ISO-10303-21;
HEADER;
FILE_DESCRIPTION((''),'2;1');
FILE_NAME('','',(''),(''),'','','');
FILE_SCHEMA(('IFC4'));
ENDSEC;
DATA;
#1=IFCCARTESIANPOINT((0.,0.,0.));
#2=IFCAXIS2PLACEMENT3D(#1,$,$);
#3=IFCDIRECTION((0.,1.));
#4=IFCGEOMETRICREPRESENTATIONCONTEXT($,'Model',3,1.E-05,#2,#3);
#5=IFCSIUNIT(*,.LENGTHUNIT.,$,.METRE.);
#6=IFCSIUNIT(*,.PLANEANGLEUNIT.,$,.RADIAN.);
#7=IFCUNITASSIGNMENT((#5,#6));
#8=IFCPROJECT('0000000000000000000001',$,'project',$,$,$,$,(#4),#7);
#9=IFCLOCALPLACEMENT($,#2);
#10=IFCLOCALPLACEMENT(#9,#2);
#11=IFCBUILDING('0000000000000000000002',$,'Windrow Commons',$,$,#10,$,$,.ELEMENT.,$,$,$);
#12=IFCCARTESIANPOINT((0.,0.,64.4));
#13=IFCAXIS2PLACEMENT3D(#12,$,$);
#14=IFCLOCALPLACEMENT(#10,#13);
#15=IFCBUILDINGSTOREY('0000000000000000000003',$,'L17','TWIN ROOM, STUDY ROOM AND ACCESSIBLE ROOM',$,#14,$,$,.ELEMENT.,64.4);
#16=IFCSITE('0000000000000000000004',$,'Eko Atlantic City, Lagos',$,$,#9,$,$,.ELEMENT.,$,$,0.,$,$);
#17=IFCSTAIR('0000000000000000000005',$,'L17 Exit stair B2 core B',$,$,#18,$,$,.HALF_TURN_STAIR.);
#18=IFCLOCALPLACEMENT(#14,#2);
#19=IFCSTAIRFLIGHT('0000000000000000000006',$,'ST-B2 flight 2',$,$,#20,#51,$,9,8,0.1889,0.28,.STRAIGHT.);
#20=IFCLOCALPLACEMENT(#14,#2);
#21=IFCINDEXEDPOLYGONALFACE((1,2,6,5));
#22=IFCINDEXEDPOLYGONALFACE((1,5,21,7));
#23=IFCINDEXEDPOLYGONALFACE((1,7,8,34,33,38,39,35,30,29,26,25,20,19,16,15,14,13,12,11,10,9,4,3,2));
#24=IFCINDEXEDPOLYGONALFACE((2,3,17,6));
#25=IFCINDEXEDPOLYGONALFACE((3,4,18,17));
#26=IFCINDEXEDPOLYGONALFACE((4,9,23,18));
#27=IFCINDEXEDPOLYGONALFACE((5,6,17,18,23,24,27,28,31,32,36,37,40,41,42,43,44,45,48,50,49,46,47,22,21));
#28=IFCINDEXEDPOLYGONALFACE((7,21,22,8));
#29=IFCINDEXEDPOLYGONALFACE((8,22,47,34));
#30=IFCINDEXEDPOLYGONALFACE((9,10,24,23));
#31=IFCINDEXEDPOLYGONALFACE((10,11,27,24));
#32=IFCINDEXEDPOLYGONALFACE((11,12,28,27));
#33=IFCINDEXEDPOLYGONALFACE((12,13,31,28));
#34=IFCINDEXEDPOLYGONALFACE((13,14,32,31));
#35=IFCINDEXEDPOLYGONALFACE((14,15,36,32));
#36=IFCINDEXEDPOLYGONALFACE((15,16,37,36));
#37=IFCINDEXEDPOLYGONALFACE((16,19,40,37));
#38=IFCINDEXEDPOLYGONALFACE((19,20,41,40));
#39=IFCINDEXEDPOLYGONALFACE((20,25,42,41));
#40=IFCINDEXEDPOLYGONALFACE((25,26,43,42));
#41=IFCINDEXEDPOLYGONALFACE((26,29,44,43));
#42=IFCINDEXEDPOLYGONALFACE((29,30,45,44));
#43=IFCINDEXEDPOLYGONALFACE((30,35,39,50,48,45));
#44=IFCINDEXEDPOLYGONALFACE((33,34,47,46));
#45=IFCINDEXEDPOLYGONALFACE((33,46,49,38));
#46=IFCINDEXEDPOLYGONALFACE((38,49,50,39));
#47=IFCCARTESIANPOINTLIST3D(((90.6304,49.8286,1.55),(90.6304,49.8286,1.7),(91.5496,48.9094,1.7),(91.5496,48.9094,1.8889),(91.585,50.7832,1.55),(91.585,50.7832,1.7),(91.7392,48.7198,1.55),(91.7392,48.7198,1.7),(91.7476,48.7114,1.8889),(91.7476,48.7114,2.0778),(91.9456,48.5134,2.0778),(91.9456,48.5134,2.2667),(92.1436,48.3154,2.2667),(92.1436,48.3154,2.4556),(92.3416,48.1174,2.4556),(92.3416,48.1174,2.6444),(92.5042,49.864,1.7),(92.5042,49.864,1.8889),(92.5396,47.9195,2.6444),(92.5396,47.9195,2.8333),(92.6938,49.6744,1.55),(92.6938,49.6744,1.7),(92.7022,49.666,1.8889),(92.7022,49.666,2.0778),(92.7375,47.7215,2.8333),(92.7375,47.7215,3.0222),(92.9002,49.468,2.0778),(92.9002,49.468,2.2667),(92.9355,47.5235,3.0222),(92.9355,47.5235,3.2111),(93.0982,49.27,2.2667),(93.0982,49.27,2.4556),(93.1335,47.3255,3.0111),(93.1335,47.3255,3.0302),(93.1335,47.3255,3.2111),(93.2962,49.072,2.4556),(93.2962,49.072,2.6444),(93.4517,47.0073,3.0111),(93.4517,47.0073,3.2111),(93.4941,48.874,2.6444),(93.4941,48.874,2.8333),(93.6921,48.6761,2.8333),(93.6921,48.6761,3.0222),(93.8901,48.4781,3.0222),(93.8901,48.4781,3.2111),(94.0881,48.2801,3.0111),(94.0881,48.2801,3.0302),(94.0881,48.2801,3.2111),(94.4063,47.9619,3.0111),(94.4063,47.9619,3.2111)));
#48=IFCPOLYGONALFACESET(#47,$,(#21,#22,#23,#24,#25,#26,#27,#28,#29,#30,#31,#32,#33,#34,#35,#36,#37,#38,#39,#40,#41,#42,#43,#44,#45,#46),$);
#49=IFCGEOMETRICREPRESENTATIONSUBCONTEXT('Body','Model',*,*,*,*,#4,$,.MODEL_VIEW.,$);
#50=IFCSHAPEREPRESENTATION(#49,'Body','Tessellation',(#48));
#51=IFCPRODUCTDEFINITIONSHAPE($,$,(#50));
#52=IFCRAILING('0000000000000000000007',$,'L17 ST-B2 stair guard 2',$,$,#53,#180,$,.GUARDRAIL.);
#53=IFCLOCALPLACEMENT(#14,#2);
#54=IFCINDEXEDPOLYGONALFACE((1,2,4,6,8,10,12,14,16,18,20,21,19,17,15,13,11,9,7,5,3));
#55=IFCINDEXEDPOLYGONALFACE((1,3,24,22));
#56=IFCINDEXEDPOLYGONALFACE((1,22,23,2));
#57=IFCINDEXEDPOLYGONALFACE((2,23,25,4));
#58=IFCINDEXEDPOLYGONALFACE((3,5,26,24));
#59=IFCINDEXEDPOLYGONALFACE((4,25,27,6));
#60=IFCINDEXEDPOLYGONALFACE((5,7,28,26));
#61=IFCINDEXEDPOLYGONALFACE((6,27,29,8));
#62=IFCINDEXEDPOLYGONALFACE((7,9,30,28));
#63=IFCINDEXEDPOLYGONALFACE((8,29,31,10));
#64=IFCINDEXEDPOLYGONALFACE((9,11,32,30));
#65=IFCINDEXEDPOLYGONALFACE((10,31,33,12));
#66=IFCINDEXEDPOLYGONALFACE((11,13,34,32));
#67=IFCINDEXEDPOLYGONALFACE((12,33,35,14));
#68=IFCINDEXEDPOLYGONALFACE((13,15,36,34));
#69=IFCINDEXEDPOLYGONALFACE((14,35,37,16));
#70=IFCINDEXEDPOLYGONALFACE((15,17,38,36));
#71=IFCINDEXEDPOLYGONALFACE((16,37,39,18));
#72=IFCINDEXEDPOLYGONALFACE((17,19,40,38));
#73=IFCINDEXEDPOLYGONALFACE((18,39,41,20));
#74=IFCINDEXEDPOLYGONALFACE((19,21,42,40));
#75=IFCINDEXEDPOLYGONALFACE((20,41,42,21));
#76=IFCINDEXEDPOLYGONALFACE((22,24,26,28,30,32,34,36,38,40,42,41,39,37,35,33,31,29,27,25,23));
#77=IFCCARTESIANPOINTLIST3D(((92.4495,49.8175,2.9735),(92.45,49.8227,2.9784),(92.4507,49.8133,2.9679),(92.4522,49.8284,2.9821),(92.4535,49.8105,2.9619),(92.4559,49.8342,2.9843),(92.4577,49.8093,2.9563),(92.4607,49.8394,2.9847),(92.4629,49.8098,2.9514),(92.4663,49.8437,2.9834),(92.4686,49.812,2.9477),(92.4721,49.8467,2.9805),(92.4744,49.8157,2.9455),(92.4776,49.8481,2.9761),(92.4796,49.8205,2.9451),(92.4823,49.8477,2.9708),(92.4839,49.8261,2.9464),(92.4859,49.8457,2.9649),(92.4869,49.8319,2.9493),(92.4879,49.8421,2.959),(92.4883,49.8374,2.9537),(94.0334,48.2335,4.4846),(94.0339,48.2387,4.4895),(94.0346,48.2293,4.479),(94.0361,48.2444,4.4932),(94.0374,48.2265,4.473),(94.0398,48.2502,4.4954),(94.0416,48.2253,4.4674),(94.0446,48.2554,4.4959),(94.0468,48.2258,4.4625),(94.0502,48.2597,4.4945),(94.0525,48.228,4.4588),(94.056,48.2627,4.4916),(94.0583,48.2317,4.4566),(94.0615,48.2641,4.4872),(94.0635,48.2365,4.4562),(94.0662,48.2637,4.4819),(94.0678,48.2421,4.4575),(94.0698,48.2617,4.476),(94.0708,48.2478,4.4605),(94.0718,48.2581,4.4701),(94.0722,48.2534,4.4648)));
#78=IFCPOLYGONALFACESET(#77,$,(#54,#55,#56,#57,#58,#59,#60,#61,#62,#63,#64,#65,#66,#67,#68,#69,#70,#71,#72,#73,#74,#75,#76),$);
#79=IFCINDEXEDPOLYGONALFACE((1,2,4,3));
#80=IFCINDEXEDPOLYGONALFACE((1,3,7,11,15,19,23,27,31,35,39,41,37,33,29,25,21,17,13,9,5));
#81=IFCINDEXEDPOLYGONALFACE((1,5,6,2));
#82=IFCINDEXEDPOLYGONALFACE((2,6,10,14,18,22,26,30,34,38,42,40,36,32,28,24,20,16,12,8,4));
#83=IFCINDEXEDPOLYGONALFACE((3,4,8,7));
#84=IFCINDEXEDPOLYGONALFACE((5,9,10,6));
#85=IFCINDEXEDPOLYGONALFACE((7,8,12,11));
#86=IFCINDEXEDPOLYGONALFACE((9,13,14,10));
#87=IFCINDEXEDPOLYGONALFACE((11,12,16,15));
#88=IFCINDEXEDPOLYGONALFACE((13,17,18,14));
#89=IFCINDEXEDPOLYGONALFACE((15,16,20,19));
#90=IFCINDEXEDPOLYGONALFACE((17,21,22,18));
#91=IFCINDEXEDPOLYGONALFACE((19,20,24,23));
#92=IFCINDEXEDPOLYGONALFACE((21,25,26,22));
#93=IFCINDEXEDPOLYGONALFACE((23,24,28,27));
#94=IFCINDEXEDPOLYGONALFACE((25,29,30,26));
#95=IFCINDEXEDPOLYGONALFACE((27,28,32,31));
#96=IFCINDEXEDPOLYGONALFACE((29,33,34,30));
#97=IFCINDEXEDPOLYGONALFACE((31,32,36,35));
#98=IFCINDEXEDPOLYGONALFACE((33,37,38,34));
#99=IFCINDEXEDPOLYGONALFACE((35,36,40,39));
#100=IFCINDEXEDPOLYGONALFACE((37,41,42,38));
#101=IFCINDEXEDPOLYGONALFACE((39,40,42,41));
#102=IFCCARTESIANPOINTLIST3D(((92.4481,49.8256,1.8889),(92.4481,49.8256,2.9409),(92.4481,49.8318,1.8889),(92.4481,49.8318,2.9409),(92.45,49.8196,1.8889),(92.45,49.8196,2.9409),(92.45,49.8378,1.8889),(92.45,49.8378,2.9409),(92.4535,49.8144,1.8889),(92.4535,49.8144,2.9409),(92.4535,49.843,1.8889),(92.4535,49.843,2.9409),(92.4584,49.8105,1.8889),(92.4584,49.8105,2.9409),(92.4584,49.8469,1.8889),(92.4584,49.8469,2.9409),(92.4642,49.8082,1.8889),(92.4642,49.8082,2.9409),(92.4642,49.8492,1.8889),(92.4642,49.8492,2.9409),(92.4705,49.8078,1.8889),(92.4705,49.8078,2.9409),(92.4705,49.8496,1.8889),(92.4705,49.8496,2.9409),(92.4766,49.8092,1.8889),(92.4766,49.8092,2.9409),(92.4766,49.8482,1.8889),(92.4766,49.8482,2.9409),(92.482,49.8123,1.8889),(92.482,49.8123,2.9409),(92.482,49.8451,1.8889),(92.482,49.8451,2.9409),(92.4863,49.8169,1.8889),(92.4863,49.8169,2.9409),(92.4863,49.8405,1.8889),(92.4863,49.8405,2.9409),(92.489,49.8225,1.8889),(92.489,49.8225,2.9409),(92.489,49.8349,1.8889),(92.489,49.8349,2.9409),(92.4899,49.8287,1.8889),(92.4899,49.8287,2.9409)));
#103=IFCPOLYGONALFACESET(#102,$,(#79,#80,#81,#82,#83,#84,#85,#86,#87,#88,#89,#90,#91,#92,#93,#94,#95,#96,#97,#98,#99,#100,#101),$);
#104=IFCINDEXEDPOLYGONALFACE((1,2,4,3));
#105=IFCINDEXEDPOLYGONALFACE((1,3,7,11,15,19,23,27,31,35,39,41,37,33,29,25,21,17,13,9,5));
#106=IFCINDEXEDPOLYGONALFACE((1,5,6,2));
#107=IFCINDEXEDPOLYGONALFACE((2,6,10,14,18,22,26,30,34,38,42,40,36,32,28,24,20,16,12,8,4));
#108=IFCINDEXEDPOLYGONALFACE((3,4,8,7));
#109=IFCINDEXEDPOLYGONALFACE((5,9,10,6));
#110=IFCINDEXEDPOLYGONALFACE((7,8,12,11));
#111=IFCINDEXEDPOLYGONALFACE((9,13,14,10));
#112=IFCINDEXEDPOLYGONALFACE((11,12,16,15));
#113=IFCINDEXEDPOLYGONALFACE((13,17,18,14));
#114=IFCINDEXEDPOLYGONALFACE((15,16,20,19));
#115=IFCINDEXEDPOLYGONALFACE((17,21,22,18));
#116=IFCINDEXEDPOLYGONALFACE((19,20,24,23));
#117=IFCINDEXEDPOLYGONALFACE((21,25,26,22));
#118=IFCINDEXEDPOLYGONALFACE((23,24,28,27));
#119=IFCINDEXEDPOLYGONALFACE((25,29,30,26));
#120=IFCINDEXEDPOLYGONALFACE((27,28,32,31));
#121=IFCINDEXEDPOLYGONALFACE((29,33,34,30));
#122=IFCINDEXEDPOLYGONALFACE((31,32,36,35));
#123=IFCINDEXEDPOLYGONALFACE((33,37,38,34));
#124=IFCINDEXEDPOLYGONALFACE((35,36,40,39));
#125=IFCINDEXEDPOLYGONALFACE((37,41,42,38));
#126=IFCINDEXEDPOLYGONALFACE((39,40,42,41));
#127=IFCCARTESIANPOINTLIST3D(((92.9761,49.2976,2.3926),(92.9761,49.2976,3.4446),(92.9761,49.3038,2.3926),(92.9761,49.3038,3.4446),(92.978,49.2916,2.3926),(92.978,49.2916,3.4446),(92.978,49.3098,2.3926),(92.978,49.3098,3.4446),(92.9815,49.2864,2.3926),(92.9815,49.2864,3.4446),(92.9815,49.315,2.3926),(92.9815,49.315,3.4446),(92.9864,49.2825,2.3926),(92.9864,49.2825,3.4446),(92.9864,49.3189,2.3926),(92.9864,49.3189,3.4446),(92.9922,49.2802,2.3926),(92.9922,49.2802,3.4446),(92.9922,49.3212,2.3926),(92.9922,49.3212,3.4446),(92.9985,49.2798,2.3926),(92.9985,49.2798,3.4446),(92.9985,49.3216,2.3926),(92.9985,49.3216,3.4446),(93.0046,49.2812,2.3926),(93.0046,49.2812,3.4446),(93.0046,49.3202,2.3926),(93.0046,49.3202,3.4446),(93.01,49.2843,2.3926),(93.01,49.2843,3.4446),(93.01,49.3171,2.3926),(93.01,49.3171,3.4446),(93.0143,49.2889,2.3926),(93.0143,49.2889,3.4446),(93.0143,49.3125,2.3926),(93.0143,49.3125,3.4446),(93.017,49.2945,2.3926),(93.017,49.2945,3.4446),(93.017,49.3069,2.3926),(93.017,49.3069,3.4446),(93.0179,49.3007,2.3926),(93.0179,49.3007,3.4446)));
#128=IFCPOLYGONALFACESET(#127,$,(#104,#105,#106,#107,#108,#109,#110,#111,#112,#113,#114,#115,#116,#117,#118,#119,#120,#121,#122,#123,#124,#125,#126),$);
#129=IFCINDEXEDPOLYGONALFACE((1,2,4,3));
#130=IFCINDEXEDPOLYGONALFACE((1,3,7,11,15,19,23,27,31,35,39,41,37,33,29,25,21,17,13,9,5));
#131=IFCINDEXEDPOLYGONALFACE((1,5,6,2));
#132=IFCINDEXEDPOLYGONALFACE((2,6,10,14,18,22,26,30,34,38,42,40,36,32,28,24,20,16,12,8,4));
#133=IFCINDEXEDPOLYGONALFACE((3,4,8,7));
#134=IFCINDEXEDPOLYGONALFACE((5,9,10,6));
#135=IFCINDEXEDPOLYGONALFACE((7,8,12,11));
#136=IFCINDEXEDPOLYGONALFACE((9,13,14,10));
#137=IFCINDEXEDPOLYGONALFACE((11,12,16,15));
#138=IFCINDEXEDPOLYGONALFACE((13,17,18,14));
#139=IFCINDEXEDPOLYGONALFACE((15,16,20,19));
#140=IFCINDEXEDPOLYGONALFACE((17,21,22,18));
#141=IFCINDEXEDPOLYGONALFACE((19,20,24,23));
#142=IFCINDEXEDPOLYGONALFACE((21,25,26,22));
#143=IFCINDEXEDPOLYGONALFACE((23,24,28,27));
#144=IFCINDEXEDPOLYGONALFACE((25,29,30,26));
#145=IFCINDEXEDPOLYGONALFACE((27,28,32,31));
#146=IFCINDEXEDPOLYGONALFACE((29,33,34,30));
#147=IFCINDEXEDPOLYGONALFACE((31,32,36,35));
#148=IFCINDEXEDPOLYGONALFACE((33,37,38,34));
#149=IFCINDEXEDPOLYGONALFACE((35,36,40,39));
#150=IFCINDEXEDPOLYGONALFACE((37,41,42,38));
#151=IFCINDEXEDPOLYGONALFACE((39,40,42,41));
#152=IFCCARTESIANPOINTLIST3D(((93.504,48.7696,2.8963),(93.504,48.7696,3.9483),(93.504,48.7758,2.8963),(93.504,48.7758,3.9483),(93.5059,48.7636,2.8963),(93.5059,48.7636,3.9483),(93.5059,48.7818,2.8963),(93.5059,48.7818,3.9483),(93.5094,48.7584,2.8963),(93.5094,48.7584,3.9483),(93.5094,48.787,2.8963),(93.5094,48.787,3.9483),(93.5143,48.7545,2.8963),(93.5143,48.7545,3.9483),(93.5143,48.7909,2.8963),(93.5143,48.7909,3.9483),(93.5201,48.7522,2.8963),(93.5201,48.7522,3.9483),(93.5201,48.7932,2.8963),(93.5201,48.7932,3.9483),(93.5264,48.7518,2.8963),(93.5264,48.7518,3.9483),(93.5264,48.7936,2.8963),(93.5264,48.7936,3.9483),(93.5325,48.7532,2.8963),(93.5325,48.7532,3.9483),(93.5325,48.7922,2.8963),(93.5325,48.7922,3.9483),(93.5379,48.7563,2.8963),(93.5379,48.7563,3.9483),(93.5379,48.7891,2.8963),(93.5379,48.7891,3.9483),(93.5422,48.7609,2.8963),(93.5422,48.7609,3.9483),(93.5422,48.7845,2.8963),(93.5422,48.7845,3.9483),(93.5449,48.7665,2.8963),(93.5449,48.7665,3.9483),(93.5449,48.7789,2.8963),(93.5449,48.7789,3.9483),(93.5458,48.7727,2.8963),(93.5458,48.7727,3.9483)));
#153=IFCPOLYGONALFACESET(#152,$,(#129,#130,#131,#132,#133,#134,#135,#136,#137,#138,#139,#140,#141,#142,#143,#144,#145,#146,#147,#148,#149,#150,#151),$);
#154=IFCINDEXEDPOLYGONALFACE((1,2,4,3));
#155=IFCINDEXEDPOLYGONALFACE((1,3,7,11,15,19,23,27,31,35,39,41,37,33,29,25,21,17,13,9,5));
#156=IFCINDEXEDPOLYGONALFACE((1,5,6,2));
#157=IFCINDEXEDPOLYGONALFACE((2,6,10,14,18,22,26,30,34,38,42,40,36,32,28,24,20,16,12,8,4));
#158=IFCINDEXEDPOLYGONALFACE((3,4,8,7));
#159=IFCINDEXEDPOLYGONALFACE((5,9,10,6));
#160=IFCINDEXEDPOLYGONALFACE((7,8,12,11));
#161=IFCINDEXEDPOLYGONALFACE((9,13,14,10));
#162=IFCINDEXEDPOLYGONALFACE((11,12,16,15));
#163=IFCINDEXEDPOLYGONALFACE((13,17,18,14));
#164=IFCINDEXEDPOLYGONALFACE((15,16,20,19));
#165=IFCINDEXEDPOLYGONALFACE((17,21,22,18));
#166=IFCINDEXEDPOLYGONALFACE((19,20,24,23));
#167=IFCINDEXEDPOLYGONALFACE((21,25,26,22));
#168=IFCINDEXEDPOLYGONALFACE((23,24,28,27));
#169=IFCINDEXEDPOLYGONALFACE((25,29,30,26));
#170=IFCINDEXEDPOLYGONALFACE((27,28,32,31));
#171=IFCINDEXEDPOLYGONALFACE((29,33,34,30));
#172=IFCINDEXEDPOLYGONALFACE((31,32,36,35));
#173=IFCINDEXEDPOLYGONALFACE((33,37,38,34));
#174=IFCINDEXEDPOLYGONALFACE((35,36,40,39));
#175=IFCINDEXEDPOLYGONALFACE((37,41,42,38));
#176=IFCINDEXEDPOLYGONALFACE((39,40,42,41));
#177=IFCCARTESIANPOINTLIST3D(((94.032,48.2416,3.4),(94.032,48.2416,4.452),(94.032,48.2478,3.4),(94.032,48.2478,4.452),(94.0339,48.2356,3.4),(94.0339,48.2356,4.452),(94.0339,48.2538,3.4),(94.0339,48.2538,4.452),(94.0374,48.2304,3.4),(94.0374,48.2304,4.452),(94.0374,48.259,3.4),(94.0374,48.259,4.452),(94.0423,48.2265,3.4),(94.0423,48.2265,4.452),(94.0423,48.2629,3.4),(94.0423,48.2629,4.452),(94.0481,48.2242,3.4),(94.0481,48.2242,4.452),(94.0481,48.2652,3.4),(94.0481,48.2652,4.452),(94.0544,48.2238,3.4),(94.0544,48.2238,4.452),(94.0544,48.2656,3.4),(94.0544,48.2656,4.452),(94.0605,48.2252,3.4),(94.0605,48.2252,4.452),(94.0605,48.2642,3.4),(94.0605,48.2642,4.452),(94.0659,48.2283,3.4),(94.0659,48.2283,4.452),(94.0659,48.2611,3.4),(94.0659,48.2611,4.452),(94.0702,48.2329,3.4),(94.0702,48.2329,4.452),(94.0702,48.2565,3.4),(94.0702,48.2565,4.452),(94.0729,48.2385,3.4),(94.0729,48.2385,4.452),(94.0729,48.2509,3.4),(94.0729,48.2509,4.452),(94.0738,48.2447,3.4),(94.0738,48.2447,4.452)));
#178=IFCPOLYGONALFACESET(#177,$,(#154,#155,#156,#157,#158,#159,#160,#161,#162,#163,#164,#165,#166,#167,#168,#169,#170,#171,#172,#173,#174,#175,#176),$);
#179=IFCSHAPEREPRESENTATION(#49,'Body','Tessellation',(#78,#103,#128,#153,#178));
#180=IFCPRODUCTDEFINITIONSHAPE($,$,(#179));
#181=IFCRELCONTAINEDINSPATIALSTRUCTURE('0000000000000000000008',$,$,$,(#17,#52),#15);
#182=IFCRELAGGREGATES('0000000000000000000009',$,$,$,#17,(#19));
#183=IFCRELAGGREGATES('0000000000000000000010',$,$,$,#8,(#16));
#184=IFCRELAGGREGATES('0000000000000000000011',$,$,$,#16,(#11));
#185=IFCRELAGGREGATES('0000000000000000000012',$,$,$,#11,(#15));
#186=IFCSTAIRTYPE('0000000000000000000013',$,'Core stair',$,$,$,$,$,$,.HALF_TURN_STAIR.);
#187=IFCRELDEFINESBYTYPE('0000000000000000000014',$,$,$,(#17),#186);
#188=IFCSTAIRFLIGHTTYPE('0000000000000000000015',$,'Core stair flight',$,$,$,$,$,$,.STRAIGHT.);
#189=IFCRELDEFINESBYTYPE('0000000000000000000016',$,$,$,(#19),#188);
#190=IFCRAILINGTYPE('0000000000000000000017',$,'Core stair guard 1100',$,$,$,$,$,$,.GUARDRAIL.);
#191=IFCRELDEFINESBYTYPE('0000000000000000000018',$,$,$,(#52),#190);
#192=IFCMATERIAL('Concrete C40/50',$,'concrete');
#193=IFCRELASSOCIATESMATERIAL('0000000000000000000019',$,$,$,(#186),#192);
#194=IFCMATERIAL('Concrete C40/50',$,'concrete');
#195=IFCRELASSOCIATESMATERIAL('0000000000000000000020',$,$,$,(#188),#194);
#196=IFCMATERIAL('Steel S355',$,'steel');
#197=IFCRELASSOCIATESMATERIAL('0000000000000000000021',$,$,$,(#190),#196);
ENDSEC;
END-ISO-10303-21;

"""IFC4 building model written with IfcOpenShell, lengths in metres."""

from ifc_helpers import new_model, si_unit, direction, frame, origin, origin_2d, place, context, subcontext, project, spatial, polyline, circle, outline, extrude, material, type_object, element, aggregate, save


model = new_model("IFC4")

# Units and contexts
model_context = context("Model", 3, precision=1e-05, world=origin(), true_north=direction((0.0, 1.0)))
body_context = subcontext(model_context, "Body", "Model", "MODEL_VIEW")
ifc_project = project(units=[si_unit("LENGTHUNIT", "METRE"), si_unit("PLANEANGLEUNIT", "RADIAN")], contexts=[model_context])

# Site, building, storey
site_placement = place(None, origin())
site = spatial("IfcSite", under=ifc_project, at=site_placement, Name="Eko Atlantic City, Lagos", CompositionType="ELEMENT", RefElevation=0.0)
building_placement = place(site_placement, origin())
building = spatial("IfcBuilding", under=site, at=building_placement, Name="Windrow Commons", CompositionType="ELEMENT")
storey_placement = place(building_placement, frame((0.0, 0.0, 64.4)))
storey = spatial("IfcBuildingStorey", under=building, at=storey_placement, Name="L17", Description="TWIN ROOM, STUDY ROOM AND ACCESSIBLE ROOM", CompositionType="ELEMENT", Elevation=64.4)

# Stair, stair flight
ifc_material_1 = material(Name="Concrete C40/50", Category="concrete")
stair_type = type_object("IfcStairType", Name="Core stair", PredefinedType="HALF_TURN_STAIR", material=ifc_material_1)
stair_placement = place(storey_placement, origin())
stair = element("IfcStair", 1, at=stair_placement, inside=storey, type_object=stair_type, Name="L17 Exit stair B2 core B", PredefinedType="HALF_TURN_STAIR")
ifc_material_2 = material(Name="Concrete C40/50", Category="concrete")
stair_flight_type = type_object("IfcStairFlightType", Name="Core stair flight", PredefinedType="STRAIGHT", material=ifc_material_2)
stair_flight_placement = place(storey_placement, frame((92.0269, 49.3867, 1.7), z_axis=(0.0, 0.0, 1.0), x_axis=(0.707107, -0.707107, 0.0)))
stair_flight = element("IfcStairFlight", 2, at=stair_flight_placement, type_object=stair_flight_type, Name="ST-B2 flight 2", NumberOfRisers=9, NumberOfTreads=8, PredefinedType="STRAIGHT", RiserHeight=0.1889, TreadLength=0.28, context=body_context, shape_type="SweptSolid", body=[
    extrude(outline(polyline([(-1.3, -0.15), (-1.3, 0.0), (0.0, 0.0), (0.0, 0.1889), (0.28, 0.1889), (0.28, 0.3778), (0.56, 0.3778), (0.56, 0.5667), (0.84, 0.5667), (0.84, 0.7556), (1.12, 0.7556), (1.12, 0.9444), (1.4, 0.9444), (1.4, 1.1333), (1.68, 1.1333), (1.68, 1.3222), (1.96, 1.3222), (1.96, 1.5111), (2.24, 1.5111), (2.69, 1.5111), (2.69, 1.3111), (2.24, 1.3111), (2.24, 1.3302), (0.2682, 0.0), (0.2682, -0.15), (-1.3, -0.15)])), frame((0.0, 0.675, 0.0), z_axis=(0.0, -1.0, 0.0), x_axis=(1.0, 0.0, 0.0)), (0.0, 0.0, 1.0), 1.35),
])
aggregate(stair, [stair_flight])

# Railing
ifc_material_3 = material(Name="Steel S355", Category="steel")
railing_type_1 = type_object("IfcRailingType", Name="Core stair guard 1100", PredefinedType="GUARDRAIL", material=ifc_material_3)
railing_1_placement = place(storey_placement, frame((92.4689, 49.8287, 1.8889)))
element("IfcRailing", 3, at=railing_1_placement, inside=storey, type_object=railing_type_1, Name="L17 ST-B2 stair guard 2", PredefinedType="GUARDRAIL", context=body_context, shape_type="SweptSolid", body=[
    extrude(circle(Radius=0.024, at=origin_2d()), frame((0.0, 0.0, 1.076), z_axis=(0.586179, -0.586216, 0.559237), x_axis=(0.707129, 0.707084, 0.0)), (0.0, 0.0, 1.0), 2.7021),
    extrude(circle(Radius=0.021, at=origin_2d()), origin(), (0.0, 0.0, 1.0), 1.052),
    extrude(circle(Radius=0.021, at=origin_2d()), frame((0.528, -0.528, 0.5037)), (0.0, 0.0, 1.0), 1.052),
    extrude(circle(Radius=0.021, at=origin_2d()), frame((1.0559, -1.056, 1.0074)), (0.0, 0.0, 1.0), 1.052),
    extrude(circle(Radius=0.021, at=origin_2d()), frame((1.5839, -1.584, 1.5111)), (0.0, 0.0, 1.0), 1.052),
])

save(model, "model.ifc")
